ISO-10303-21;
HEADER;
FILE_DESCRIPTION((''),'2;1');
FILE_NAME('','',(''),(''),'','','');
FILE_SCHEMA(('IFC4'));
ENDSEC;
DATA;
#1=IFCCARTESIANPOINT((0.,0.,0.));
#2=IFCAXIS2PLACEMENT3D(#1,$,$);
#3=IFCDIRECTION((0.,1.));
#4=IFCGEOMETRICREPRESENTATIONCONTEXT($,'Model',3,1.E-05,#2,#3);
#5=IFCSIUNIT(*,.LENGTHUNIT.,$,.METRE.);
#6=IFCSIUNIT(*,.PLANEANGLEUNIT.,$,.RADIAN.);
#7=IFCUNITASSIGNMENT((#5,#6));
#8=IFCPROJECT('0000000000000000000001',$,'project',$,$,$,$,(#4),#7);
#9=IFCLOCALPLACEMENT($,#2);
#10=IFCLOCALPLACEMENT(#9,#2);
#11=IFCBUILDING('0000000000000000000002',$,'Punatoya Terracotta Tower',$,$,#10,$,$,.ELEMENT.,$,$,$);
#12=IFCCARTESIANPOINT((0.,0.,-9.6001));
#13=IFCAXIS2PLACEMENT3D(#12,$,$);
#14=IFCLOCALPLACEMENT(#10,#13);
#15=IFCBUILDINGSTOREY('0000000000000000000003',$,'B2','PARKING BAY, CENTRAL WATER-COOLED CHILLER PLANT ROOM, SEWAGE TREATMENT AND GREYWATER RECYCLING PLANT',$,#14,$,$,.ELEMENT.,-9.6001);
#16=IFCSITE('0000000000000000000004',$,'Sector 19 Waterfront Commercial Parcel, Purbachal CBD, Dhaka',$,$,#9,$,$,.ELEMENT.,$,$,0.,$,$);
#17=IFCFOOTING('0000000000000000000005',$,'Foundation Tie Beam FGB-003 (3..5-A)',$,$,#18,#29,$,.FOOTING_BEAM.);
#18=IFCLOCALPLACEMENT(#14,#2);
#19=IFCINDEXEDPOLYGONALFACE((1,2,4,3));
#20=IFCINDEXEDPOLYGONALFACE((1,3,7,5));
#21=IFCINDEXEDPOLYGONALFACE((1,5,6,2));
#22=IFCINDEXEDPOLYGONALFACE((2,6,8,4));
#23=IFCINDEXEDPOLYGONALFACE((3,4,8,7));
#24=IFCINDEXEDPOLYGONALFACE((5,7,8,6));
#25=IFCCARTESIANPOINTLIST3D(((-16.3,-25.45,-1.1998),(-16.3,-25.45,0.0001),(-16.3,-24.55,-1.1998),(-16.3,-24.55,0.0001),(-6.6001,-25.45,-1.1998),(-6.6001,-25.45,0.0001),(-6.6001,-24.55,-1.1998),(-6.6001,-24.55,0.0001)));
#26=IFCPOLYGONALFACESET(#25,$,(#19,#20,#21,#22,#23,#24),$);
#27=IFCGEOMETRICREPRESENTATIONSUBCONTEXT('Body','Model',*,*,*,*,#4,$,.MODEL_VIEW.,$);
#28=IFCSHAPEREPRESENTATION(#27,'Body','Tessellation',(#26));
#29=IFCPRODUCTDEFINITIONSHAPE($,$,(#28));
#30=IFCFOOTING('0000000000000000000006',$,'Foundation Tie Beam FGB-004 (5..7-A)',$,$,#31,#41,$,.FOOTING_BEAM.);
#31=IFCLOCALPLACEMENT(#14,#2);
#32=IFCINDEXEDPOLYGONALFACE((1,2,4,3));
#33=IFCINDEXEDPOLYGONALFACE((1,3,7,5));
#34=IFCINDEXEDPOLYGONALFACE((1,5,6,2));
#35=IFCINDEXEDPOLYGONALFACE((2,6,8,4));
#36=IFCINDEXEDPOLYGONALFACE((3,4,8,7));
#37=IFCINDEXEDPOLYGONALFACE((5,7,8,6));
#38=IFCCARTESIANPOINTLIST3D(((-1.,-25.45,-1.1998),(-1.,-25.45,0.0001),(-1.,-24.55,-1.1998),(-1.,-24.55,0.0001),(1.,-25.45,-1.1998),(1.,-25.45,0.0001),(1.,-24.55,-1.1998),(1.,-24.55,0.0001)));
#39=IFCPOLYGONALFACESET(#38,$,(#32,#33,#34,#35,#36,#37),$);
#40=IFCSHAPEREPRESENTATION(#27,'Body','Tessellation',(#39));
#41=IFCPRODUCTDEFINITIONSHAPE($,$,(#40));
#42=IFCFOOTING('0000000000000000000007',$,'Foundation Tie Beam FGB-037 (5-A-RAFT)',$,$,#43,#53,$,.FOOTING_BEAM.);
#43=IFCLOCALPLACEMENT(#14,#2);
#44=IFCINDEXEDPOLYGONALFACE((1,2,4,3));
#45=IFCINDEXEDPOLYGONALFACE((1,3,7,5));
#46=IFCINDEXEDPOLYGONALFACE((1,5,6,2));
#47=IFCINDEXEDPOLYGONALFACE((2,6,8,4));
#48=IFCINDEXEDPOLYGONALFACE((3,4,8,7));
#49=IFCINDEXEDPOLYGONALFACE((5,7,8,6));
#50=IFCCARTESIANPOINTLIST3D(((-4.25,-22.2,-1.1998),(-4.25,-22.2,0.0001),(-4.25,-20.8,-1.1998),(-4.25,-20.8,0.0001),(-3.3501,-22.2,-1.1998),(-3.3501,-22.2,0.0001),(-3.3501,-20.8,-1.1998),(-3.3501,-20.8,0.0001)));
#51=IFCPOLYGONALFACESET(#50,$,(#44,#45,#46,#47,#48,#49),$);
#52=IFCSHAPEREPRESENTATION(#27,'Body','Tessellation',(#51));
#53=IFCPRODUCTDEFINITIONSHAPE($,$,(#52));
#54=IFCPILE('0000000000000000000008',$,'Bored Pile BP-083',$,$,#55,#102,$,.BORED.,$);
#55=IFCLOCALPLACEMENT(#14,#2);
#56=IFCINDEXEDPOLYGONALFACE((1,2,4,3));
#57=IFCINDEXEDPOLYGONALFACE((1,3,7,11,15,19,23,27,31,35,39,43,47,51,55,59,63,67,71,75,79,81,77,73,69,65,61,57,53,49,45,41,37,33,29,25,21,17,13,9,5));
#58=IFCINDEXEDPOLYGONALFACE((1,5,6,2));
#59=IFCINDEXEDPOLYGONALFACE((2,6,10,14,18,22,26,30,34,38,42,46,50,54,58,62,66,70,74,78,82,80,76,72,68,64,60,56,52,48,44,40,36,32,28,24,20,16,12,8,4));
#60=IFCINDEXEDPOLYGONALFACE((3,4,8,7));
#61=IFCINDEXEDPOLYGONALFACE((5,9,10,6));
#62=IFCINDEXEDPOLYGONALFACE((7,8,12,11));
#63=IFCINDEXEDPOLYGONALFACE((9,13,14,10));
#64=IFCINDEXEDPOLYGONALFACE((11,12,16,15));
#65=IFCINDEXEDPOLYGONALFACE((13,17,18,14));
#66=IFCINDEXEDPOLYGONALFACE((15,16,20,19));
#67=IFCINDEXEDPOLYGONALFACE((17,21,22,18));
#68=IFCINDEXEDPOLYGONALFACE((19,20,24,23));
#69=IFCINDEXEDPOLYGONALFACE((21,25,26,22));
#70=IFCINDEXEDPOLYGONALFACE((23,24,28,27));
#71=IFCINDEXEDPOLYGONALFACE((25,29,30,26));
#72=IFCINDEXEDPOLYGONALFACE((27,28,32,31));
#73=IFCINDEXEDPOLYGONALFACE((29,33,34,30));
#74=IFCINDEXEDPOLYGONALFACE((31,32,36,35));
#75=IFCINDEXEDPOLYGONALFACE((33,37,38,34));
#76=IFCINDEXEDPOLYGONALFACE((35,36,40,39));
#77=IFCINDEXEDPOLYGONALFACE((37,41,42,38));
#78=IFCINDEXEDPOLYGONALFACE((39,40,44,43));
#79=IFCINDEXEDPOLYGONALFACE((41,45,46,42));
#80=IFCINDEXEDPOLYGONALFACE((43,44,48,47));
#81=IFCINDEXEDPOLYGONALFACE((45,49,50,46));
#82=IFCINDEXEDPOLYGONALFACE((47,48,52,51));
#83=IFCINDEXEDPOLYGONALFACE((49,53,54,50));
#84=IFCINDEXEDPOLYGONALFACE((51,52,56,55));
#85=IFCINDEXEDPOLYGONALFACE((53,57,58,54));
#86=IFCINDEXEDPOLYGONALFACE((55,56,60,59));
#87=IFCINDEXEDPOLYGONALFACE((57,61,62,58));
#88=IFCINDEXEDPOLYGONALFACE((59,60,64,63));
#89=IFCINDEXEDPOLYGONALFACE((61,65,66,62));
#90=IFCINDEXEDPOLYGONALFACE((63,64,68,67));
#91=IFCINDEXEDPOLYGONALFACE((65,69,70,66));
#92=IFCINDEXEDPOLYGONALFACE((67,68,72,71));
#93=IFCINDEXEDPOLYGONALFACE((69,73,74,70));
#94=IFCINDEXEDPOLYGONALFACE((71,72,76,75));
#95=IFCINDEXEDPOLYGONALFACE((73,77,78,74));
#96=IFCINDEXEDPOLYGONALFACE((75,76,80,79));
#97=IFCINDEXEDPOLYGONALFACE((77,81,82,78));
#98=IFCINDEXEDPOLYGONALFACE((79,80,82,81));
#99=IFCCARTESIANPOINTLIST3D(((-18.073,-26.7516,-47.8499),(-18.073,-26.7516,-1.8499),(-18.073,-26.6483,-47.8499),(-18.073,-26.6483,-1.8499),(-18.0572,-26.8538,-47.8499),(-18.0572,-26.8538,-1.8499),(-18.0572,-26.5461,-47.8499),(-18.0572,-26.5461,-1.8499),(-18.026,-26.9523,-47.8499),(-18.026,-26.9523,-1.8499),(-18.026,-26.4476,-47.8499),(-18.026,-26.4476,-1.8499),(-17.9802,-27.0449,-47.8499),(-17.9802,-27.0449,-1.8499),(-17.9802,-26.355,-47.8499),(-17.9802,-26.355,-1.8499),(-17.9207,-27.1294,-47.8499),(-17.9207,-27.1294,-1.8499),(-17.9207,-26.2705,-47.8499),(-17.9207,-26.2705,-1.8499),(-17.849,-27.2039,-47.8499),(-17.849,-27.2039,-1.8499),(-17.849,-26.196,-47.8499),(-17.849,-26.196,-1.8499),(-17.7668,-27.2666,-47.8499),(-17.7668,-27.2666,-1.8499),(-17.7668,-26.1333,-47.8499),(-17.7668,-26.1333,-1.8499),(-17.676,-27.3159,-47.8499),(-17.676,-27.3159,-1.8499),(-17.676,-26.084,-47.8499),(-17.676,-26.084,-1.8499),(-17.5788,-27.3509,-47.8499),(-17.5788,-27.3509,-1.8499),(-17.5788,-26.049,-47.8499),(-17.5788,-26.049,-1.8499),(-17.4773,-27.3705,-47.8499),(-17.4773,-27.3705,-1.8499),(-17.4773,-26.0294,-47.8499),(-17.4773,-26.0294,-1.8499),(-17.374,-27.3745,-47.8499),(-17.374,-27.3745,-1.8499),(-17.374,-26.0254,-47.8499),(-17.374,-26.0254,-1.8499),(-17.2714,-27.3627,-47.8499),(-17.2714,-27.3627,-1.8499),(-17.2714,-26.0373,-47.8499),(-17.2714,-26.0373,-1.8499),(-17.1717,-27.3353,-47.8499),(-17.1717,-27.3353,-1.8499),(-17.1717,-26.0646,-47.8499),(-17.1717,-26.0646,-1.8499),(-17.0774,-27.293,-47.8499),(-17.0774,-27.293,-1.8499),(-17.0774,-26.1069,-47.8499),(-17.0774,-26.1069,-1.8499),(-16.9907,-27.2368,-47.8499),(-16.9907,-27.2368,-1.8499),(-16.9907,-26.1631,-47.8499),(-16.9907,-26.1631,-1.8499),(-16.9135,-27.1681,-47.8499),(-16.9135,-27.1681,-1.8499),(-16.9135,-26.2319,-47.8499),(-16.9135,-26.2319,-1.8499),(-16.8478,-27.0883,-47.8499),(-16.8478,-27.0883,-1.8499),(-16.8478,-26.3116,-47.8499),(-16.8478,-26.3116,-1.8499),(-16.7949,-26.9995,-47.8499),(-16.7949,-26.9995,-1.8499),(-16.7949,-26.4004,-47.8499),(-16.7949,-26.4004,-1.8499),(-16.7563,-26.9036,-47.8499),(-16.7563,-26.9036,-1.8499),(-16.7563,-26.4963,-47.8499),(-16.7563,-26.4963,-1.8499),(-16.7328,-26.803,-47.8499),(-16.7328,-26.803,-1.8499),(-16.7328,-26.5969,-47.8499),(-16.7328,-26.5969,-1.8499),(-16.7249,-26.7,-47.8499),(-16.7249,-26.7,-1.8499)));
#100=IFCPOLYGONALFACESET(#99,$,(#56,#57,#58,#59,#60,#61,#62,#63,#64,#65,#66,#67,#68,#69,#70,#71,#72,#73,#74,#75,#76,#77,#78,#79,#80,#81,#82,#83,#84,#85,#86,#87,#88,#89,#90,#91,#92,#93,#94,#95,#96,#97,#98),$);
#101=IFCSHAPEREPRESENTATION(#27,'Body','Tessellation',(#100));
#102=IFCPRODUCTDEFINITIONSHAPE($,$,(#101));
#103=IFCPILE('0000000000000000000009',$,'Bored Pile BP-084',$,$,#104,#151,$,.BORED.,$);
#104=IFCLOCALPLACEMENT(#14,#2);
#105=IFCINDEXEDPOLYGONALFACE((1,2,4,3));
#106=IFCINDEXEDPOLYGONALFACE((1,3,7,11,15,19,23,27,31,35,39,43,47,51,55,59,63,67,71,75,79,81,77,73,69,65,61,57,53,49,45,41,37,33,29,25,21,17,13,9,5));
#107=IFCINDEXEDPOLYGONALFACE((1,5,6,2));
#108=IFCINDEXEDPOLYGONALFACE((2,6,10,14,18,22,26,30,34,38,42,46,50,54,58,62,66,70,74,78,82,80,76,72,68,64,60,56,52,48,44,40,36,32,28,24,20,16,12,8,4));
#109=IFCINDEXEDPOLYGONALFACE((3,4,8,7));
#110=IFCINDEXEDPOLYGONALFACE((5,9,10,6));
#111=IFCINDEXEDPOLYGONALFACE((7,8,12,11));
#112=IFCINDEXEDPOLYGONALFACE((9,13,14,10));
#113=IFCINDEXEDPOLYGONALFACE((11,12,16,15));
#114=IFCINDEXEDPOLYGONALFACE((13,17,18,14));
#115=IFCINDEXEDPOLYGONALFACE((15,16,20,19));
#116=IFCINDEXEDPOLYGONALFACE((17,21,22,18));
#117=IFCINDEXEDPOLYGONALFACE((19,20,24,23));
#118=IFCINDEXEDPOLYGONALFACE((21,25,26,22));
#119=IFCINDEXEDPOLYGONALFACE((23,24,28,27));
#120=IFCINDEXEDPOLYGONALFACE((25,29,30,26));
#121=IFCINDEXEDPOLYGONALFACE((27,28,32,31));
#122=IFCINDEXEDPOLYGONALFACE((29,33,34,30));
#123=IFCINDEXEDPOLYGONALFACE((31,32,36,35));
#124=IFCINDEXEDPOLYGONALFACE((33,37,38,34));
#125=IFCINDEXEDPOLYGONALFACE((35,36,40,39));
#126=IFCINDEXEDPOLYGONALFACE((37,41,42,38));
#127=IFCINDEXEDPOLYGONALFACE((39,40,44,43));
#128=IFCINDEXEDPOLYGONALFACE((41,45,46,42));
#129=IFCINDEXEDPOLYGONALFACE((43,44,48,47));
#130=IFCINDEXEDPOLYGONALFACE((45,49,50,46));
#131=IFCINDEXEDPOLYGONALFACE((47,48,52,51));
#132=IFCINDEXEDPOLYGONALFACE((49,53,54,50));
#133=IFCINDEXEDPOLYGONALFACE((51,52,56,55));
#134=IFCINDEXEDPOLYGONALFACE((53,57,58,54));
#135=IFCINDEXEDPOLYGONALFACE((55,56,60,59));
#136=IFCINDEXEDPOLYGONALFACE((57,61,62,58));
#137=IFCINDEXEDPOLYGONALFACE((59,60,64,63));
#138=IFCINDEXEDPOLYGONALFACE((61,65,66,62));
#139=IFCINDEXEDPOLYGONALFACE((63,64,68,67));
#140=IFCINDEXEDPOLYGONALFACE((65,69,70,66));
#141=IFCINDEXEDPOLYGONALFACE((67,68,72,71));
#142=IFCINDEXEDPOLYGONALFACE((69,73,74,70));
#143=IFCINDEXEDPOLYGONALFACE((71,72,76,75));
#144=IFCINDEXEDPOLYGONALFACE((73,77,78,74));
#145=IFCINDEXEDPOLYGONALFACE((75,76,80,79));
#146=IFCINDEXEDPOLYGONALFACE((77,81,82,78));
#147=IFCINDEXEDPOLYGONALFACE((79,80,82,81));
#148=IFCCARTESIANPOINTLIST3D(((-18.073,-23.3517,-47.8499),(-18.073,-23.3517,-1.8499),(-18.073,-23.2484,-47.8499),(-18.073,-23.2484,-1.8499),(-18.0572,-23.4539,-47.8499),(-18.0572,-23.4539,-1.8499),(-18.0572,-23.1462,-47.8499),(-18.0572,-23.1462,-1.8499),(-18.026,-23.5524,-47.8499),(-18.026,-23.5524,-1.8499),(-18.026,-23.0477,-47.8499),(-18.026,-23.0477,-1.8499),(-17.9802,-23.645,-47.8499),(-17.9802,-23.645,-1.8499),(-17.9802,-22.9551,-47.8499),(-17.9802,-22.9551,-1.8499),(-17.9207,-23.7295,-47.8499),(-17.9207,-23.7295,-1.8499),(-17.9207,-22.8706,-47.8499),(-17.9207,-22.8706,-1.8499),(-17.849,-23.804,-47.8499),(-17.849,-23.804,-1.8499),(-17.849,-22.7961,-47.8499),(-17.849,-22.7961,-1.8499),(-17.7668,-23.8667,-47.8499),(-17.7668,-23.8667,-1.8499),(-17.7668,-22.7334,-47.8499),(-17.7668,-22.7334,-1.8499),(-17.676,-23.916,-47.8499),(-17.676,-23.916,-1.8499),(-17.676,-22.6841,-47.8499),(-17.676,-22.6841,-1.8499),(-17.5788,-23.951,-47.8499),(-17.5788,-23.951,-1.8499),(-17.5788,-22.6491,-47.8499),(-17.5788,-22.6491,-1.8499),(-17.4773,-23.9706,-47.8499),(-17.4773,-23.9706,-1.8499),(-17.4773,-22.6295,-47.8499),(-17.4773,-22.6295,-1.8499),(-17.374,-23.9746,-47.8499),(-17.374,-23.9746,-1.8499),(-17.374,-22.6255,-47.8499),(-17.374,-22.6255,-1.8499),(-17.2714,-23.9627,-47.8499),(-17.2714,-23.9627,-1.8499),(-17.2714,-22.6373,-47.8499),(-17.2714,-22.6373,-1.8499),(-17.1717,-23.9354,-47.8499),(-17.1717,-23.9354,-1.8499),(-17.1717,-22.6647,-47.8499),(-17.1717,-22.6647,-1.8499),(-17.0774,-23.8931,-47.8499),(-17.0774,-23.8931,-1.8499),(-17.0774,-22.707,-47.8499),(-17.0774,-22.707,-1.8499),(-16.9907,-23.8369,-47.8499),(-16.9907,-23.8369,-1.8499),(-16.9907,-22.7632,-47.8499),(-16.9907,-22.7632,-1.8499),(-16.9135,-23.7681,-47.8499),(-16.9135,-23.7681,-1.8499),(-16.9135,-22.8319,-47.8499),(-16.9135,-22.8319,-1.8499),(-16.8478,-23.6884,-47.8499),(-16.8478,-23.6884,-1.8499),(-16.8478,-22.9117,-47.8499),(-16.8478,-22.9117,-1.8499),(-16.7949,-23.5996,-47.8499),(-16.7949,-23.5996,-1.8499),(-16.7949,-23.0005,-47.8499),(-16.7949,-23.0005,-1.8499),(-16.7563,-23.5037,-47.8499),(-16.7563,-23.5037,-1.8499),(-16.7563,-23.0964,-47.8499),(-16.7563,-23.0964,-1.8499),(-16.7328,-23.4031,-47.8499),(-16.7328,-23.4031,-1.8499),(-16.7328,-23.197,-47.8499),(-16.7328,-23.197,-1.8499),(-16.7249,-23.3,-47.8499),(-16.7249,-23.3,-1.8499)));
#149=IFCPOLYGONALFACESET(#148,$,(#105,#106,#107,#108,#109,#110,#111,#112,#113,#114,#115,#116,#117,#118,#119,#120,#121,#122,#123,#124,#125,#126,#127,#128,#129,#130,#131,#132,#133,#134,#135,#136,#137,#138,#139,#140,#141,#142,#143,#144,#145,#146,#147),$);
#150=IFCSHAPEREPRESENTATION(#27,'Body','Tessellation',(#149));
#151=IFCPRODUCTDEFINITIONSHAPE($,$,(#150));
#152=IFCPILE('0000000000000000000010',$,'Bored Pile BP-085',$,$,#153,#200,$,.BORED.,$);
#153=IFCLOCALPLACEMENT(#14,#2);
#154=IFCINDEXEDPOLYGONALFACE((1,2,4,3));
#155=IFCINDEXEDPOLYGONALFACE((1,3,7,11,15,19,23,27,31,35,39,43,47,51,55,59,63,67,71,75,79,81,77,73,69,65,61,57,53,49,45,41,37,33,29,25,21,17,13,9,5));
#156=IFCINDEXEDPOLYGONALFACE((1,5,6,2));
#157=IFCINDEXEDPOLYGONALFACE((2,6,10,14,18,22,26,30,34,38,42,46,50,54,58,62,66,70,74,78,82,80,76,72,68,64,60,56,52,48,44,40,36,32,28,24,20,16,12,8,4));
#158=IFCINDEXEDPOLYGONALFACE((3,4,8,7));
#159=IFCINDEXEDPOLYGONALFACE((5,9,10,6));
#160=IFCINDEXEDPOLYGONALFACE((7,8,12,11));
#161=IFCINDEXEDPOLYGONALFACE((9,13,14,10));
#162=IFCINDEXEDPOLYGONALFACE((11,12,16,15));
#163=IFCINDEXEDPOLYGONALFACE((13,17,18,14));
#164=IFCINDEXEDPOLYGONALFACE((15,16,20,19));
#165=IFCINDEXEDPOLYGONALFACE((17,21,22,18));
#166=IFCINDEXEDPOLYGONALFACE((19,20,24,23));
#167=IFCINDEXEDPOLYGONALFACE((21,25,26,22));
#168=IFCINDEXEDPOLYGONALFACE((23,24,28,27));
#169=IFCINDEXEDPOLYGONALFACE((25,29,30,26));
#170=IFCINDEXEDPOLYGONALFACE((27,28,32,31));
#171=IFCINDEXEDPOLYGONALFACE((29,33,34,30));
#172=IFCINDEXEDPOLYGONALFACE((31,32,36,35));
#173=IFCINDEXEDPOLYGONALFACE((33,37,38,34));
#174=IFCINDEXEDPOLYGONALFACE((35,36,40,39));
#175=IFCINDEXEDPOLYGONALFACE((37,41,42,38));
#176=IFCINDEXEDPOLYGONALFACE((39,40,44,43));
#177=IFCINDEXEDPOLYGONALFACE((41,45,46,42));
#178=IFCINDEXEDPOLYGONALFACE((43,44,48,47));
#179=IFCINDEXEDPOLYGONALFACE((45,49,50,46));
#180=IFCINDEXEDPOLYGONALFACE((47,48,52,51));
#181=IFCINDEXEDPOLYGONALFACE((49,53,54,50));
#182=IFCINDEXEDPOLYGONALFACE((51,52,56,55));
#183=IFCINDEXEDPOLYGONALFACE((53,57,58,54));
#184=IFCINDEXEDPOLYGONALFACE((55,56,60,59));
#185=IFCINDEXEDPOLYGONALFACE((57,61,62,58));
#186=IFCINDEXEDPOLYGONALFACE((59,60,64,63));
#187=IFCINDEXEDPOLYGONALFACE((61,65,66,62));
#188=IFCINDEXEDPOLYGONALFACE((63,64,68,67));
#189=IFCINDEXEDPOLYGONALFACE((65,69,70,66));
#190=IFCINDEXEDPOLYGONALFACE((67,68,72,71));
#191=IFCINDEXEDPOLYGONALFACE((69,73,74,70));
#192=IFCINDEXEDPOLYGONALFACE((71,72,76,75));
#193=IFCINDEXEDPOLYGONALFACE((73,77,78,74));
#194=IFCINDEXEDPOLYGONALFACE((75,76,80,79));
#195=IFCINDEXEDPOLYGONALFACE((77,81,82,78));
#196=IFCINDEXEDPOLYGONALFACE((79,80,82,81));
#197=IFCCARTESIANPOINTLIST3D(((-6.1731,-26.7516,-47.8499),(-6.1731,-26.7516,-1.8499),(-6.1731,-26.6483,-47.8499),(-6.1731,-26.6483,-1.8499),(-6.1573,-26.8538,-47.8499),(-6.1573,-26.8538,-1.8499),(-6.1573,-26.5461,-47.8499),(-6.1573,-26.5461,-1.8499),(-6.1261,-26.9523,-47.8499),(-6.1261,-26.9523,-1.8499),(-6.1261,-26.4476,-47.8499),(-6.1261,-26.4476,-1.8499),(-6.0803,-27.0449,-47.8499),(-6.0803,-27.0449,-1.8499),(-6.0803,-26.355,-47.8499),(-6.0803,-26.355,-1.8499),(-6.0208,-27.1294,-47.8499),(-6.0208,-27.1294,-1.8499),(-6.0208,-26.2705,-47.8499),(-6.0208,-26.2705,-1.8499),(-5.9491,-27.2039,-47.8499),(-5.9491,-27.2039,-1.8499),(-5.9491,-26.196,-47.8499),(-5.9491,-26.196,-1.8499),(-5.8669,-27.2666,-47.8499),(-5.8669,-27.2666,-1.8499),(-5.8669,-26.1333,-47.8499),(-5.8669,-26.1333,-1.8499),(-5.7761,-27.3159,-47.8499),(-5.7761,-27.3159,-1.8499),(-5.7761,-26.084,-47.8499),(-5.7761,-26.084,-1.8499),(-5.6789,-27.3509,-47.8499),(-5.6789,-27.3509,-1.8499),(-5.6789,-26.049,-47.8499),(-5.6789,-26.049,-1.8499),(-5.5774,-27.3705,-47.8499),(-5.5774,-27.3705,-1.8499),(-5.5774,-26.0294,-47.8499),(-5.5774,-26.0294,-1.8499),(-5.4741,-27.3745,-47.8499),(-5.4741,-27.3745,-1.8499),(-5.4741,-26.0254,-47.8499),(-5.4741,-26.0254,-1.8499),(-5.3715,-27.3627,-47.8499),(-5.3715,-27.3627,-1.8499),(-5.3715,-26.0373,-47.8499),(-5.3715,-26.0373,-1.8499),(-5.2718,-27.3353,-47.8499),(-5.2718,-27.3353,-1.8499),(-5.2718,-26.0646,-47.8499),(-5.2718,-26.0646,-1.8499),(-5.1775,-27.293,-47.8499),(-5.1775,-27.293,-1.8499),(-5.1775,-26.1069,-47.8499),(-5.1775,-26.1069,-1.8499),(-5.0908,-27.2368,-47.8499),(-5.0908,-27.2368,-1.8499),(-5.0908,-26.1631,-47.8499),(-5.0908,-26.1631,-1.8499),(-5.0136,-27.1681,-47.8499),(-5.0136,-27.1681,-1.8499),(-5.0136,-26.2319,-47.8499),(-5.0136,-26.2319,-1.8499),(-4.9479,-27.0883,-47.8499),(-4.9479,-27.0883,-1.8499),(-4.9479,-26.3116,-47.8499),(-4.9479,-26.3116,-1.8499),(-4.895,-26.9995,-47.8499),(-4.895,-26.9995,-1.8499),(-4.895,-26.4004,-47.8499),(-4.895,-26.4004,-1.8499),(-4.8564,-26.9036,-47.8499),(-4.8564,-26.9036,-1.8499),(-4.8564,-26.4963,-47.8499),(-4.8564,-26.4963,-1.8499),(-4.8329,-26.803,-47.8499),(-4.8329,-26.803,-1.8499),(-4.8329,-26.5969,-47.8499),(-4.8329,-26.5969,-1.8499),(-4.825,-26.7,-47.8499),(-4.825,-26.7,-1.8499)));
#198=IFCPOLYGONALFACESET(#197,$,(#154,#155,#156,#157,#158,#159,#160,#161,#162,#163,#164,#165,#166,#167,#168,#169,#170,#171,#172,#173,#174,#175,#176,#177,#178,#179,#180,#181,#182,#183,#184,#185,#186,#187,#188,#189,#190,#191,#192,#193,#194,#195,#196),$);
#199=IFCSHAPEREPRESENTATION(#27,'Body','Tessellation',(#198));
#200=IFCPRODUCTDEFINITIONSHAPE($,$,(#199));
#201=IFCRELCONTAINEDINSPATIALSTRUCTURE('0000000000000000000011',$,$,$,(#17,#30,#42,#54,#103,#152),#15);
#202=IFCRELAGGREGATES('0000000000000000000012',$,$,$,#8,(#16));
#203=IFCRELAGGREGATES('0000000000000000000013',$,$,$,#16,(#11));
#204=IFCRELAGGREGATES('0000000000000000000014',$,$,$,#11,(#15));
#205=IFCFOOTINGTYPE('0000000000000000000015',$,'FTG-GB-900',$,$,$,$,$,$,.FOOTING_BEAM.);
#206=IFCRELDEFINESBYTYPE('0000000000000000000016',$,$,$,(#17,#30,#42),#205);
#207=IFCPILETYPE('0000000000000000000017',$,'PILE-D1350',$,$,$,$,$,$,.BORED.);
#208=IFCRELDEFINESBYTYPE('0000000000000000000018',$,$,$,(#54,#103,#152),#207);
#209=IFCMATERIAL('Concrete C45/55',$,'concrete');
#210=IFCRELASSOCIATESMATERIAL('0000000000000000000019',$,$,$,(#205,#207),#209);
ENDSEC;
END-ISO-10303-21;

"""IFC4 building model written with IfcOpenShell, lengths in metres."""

from ifc_helpers import new_model, si_unit, direction, frame, origin, origin_2d, place, context, subcontext, project, spatial, rectangle, circle, extrude, material, material_profile, profile_set, type_object, element, save


model = new_model("IFC4")

# Units and contexts
model_context = context("Model", 3, precision=1e-05, world=origin(), true_north=direction((0.0, 1.0)))
body_context = subcontext(model_context, "Body", "Model", "MODEL_VIEW")
ifc_project = project(units=[si_unit("LENGTHUNIT", "METRE"), si_unit("PLANEANGLEUNIT", "RADIAN")], contexts=[model_context])

# Site, building, storey
site_placement = place(None, origin())
site = spatial("IfcSite", under=ifc_project, at=site_placement, Name="Sector 19 Waterfront Commercial Parcel, Purbachal CBD, Dhaka", CompositionType="ELEMENT", RefElevation=0.0)
building_placement = place(site_placement, origin())
building = spatial("IfcBuilding", under=site, at=building_placement, Name="Punatoya Terracotta Tower", CompositionType="ELEMENT")
storey_placement = place(building_placement, frame((0.0, 0.0, -9.6001)))
storey = spatial("IfcBuildingStorey", under=building, at=storey_placement, Name="B2", Description="PARKING BAY, CENTRAL WATER-COOLED CHILLER PLANT ROOM, SEWAGE TREATMENT AND GREYWATER RECYCLING PLANT", CompositionType="ELEMENT", Elevation=-9.6001)

# Footings
ifc_material_1 = material(Name="Concrete C45/55", Category="concrete")
ifc_material_profile_1 = material_profile(ifc_material_1, rectangle(XDim=0.8999, YDim=1.2, at=origin_2d()))
ifc_profile_set_1 = profile_set([ifc_material_profile_1], Name="Concrete C45/55")
footing_type = type_object("IfcFootingType", Name="FTG-GB-900", PredefinedType="FOOTING_BEAM", material=ifc_profile_set_1)
footing_1_placement = place(storey_placement, frame((-16.3, -25.0, -0.5999), z_axis=(1.0, 0.0, 0.0), x_axis=(0.0, 1.0, 0.0)))
element("IfcFooting", 1, at=footing_1_placement, inside=storey, type_object=footing_type, Name="Foundation Tie Beam FGB-003 (3..5-A)", PredefinedType="FOOTING_BEAM", context=body_context, shape_type="SweptSolid", body=[
    extrude(rectangle(XDim=0.8999, YDim=1.2, at=origin_2d()), origin(), (0.0, 0.0, 1.0), 9.7),
])
footing_2_placement = place(storey_placement, frame((-1.0, -25.0, -0.5999), z_axis=(1.0, 0.0, 0.0), x_axis=(0.0, 1.0, 0.0)))
element("IfcFooting", 2, at=footing_2_placement, inside=storey, type_object=footing_type, Name="Foundation Tie Beam FGB-004 (5..7-A)", PredefinedType="FOOTING_BEAM", context=body_context, shape_type="SweptSolid", body=[
    extrude(rectangle(XDim=0.8999, YDim=1.2, at=origin_2d()), origin(), (0.0, 0.0, 1.0), 2.0),
])
footing_3_placement = place(storey_placement, frame((-3.8, -22.2, -0.5999), z_axis=(0.0, 1.0, 0.0), x_axis=(-1.0, 0.0, 0.0)))
element("IfcFooting", 3, at=footing_3_placement, inside=storey, type_object=footing_type, Name="Foundation Tie Beam FGB-037 (5-A-RAFT)", PredefinedType="FOOTING_BEAM", context=body_context, shape_type="SweptSolid", body=[
    extrude(rectangle(XDim=0.8999, YDim=1.2, at=origin_2d()), origin(), (0.0, 0.0, 1.0), 1.3999),
])

# Piles
ifc_material_profile_2 = material_profile(ifc_material_1, circle(Radius=0.675, at=origin_2d()))
ifc_profile_set_2 = profile_set([ifc_material_profile_2], Name="Concrete C45/55")
pile_type_1 = type_object("IfcPileType", Name="PILE-D1350", PredefinedType="BORED", material=ifc_profile_set_2)
for number, where, z_axis, x_axis, name in (
    (4, (-17.3999, -26.7, -1.8499), (0.0, 0.0, -1.0), (1.0, 0.0, 0.0), "Bored Pile BP-083"),
    (5, (-17.3999, -23.3, -1.8499), (0.0, 0.0, -1.0), (1.0, 0.0, 0.0), "Bored Pile BP-084"),
    (6, (-5.5, -26.7, -1.8499), (0.0, 0.0, -1.0), (1.0, 0.0, 0.0), "Bored Pile BP-085"),
):
    element("IfcPile", number, at=place(storey_placement, frame(where, z_axis=z_axis, x_axis=x_axis)), inside=storey, type_object=pile_type_1, Name=name, PredefinedType="BORED", context=body_context, shape_type="SweptSolid", body=[
        extrude(circle(Radius=0.675, at=origin_2d()), origin(), (0.0, 0.0, 1.0), 46.0),
    ])

save(model, "model.ifc")
